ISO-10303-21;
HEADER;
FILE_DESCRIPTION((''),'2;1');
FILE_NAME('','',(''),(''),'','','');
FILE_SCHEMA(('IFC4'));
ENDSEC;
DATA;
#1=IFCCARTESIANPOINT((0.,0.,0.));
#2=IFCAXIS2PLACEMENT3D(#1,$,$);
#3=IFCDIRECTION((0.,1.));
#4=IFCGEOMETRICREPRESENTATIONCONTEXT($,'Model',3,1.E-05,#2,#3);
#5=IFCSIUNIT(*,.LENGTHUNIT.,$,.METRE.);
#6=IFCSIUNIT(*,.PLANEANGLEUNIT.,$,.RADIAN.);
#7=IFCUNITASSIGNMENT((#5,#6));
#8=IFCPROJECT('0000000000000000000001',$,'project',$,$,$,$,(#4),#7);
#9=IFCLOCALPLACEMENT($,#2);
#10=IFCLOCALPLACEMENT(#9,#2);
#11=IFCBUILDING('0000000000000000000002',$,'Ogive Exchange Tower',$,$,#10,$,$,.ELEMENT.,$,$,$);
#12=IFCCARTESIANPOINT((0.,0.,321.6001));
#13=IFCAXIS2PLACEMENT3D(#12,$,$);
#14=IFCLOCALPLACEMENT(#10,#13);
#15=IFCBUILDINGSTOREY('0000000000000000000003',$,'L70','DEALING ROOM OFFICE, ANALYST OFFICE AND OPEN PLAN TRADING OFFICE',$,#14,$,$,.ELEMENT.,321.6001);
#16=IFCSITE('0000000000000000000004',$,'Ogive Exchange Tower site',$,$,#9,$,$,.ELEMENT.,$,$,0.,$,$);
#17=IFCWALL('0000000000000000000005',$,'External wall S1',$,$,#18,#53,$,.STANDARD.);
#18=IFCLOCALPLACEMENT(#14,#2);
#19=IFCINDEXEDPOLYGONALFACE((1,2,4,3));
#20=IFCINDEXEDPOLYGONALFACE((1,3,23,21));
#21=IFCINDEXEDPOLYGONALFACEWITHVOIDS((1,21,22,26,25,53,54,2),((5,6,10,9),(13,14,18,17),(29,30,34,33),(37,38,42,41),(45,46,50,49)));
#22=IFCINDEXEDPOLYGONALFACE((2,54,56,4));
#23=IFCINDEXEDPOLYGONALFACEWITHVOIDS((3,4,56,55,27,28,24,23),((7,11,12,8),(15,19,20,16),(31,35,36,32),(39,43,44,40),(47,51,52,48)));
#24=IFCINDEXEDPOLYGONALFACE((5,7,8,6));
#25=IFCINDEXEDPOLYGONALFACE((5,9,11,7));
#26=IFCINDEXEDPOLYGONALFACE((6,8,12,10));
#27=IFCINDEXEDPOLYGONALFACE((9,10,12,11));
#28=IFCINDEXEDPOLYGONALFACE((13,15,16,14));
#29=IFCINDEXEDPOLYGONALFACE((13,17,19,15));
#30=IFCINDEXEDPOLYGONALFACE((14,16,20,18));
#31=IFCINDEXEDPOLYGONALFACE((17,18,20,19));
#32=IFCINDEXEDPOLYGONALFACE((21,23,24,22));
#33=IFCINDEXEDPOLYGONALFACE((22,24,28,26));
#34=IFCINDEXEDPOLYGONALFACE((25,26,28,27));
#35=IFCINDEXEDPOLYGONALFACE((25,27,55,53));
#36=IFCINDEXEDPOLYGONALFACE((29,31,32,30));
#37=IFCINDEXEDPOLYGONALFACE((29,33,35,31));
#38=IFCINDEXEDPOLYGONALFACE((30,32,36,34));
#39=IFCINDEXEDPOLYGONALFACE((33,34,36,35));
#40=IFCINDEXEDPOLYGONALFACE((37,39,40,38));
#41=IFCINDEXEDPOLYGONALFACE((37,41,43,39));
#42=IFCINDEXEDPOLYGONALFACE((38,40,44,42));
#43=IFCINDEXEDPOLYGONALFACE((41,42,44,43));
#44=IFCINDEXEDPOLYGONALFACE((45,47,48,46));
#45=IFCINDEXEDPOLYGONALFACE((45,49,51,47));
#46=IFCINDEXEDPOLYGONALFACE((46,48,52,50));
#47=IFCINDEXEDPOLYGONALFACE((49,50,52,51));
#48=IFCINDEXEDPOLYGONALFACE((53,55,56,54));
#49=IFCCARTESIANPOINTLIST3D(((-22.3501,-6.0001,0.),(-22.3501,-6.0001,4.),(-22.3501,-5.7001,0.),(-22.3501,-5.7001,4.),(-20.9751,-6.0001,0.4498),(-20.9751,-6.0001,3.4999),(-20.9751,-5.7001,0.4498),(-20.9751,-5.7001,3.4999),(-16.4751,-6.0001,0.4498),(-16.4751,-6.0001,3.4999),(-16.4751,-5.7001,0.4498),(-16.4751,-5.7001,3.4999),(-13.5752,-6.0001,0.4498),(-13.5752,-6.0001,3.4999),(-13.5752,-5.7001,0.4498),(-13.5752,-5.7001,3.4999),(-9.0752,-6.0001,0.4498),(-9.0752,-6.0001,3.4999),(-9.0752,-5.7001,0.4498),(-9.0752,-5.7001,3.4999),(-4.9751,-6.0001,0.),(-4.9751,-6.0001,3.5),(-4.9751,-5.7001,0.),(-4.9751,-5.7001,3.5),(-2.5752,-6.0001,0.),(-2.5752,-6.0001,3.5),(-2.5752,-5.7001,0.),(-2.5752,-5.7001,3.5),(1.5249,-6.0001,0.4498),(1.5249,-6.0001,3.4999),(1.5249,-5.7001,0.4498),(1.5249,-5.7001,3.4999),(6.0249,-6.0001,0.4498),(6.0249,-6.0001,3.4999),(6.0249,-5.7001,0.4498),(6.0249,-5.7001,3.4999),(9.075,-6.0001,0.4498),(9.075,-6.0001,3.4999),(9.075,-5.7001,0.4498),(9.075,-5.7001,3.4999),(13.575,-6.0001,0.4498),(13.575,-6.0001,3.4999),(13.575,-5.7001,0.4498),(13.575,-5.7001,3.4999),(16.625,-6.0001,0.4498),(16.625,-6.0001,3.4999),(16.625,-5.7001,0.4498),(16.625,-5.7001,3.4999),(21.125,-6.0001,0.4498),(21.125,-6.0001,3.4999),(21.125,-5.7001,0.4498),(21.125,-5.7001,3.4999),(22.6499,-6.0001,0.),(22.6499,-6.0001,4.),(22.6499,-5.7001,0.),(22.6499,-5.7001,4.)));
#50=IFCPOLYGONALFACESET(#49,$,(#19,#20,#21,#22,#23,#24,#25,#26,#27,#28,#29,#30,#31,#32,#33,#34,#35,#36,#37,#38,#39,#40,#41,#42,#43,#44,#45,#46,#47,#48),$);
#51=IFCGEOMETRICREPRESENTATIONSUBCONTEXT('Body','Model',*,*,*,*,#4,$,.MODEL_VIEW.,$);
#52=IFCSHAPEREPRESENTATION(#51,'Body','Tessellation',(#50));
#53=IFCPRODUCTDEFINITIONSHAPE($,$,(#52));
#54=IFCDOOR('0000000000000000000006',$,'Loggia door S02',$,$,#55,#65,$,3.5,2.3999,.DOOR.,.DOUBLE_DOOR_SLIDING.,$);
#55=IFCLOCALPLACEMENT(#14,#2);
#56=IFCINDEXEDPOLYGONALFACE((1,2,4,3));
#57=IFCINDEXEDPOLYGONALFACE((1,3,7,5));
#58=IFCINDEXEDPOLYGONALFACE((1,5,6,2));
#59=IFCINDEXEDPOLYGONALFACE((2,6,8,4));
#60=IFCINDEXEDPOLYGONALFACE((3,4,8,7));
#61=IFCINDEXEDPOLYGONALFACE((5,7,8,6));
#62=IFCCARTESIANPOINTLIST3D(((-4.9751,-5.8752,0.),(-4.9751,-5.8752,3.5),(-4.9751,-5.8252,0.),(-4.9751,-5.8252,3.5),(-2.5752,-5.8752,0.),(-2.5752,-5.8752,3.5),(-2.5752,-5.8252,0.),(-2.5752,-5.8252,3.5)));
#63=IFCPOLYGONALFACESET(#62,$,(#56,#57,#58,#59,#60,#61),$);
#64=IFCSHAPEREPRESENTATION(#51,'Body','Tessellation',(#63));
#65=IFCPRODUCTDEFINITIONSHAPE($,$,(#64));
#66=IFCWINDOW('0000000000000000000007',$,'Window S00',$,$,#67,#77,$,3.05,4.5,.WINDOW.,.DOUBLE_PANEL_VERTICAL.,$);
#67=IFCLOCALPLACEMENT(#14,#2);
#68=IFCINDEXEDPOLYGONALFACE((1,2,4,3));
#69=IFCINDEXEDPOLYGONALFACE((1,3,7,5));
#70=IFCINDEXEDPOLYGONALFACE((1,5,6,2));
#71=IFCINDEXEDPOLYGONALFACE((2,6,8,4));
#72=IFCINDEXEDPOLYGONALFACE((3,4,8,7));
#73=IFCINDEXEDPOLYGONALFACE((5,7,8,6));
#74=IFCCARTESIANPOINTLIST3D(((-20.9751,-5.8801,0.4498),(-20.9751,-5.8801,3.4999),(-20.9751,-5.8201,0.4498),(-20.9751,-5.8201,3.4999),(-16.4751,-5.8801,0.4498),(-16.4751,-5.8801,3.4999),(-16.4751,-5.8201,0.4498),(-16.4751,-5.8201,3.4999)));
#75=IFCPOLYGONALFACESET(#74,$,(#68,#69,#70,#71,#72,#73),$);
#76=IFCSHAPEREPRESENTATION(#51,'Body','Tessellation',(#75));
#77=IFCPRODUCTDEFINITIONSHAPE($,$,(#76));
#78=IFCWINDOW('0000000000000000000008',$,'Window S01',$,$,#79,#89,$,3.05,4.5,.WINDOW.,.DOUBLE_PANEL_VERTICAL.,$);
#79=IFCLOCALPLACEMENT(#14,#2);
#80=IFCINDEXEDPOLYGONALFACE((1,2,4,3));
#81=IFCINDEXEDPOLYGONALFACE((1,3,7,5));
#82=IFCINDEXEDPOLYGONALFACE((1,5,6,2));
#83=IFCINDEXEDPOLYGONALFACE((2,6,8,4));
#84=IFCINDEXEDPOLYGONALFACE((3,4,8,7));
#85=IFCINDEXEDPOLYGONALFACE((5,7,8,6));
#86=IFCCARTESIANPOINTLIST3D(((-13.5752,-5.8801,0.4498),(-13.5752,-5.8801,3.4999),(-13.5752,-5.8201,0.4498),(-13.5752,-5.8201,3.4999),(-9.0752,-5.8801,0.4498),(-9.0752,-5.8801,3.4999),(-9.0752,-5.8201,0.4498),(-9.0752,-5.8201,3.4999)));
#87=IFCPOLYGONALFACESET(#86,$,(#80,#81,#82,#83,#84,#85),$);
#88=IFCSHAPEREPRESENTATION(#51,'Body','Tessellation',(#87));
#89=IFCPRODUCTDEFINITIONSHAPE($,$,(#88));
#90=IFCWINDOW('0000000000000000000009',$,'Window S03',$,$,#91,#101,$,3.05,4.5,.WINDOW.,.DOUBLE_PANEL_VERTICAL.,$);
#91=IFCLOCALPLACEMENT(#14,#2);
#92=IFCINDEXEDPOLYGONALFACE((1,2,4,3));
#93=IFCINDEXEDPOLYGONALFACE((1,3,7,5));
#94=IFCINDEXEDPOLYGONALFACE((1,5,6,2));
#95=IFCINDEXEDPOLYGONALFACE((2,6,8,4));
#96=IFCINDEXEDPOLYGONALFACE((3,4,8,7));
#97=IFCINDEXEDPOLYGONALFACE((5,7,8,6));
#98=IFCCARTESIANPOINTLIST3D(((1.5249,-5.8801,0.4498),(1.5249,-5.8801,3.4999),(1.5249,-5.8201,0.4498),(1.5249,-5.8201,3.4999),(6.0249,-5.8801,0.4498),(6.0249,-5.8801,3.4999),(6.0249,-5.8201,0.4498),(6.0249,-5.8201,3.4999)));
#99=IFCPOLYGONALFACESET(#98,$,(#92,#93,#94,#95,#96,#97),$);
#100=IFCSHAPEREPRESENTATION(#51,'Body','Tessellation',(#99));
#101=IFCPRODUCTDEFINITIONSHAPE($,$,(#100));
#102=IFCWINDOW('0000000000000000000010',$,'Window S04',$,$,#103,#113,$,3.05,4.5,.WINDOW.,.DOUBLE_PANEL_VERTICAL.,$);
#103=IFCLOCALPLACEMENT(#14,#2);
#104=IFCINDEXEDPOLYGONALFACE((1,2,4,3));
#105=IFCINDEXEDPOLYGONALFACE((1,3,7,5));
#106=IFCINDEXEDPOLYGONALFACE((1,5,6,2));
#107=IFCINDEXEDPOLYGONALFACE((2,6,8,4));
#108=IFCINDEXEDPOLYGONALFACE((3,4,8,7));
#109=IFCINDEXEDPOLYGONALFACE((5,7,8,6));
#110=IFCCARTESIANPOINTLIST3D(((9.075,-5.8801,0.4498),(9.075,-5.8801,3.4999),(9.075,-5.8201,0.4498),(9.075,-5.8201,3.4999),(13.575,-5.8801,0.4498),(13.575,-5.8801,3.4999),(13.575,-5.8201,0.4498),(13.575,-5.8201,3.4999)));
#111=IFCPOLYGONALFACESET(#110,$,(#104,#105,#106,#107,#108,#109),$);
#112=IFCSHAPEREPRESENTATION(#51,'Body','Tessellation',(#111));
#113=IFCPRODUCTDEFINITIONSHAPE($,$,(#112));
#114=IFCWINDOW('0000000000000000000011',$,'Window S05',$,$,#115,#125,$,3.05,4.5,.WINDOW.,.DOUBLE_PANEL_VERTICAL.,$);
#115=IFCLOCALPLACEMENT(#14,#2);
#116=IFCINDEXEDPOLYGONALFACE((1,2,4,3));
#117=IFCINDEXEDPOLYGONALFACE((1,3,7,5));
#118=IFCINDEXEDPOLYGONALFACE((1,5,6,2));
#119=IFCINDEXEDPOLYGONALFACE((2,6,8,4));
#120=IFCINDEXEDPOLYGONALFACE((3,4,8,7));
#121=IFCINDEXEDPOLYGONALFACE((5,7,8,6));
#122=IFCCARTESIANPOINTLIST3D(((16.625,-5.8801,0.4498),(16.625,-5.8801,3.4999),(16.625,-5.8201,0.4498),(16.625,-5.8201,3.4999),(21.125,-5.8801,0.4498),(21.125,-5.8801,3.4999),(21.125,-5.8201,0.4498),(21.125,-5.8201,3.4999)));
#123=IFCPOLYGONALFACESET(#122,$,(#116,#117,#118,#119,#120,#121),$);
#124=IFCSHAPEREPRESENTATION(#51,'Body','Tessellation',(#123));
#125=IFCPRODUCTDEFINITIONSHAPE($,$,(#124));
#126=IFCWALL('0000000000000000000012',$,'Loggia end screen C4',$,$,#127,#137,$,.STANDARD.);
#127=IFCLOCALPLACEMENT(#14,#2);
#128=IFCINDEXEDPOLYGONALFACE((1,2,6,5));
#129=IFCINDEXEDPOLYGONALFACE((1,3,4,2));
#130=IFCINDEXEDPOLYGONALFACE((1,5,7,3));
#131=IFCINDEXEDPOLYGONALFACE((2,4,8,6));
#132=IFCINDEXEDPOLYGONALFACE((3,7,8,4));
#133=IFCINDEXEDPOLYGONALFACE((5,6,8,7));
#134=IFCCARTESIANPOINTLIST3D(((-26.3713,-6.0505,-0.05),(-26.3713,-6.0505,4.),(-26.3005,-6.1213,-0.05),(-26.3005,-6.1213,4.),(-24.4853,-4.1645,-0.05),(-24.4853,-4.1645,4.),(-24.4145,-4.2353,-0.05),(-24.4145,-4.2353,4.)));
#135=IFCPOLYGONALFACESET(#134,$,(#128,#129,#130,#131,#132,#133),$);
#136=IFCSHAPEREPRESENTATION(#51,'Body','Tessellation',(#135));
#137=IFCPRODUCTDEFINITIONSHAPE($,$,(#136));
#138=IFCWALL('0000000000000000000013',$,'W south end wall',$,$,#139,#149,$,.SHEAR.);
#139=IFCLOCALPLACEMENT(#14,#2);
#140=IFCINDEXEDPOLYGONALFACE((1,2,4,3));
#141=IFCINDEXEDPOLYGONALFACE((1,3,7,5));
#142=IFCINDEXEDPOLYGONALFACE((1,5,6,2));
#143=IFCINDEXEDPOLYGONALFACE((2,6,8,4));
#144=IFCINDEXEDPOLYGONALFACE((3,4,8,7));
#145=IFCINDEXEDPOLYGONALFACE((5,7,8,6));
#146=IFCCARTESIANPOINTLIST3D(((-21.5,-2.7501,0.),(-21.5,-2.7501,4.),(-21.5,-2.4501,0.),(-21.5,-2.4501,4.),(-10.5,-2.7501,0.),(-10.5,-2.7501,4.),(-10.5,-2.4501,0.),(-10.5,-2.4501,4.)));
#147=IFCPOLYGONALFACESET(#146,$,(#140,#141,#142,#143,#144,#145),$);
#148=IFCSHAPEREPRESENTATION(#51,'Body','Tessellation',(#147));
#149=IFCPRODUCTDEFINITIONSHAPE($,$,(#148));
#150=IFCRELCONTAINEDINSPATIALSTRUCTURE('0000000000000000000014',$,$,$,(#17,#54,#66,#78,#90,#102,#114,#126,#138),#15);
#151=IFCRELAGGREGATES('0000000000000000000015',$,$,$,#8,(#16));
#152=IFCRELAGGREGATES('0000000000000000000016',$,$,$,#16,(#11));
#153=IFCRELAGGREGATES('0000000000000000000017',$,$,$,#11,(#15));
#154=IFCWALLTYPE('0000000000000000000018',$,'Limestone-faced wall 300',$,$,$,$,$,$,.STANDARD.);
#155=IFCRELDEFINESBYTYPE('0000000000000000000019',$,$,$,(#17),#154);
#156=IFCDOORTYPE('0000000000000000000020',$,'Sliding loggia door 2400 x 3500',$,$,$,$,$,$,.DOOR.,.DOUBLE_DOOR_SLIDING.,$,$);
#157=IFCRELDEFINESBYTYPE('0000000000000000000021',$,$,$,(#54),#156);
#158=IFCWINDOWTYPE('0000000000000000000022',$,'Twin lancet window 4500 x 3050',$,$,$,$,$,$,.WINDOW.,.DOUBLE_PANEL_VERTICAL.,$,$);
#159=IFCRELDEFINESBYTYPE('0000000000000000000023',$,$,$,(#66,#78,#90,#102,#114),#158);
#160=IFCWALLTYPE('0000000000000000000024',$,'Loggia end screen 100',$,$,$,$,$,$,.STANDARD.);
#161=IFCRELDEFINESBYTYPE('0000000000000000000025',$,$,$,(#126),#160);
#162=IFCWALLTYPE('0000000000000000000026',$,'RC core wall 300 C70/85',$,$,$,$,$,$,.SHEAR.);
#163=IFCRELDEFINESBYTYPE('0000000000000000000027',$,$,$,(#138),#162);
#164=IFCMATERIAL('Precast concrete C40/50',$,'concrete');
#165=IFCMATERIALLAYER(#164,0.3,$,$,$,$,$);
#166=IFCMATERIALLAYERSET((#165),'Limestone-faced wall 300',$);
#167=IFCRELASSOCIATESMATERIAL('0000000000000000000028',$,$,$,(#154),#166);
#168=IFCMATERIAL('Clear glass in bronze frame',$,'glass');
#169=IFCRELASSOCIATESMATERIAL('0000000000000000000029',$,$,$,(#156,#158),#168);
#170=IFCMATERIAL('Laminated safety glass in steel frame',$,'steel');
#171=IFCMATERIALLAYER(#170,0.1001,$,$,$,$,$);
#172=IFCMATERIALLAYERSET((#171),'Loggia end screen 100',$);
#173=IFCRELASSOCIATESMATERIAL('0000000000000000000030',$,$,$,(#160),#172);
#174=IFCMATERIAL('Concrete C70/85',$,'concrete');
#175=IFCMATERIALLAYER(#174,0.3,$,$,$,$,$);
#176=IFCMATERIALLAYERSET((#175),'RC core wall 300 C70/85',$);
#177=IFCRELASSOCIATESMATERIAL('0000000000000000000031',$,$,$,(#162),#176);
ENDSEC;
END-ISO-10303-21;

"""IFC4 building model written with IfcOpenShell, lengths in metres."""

from ifc_helpers import new_model, si_unit, direction, frame, frame_2d, origin, place, context, subcontext, project, spatial, rectangle, extrude, material, layer, layer_set, type_object, element, fill, save


model = new_model("IFC4")

# Units and contexts
model_context = context("Model", 3, precision=1e-05, world=origin(), true_north=direction((0.0, 1.0)))
body_context = subcontext(model_context, "Body", "Model", "MODEL_VIEW")
ifc_project = project(units=[si_unit("LENGTHUNIT", "METRE"), si_unit("PLANEANGLEUNIT", "RADIAN")], contexts=[model_context])

# Site, building, storey
site_placement = place(None, origin())
site = spatial("IfcSite", under=ifc_project, at=site_placement, Name="Ogive Exchange Tower site", CompositionType="ELEMENT", RefElevation=0.0)
building_placement = place(site_placement, origin())
building = spatial("IfcBuilding", under=site, at=building_placement, Name="Ogive Exchange Tower", CompositionType="ELEMENT")
storey_placement = place(building_placement, frame((0.0, 0.0, 321.6001)))
storey = spatial("IfcBuildingStorey", under=building, at=storey_placement, Name="L70", Description="DEALING ROOM OFFICE, ANALYST OFFICE AND OPEN PLAN TRADING OFFICE", CompositionType="ELEMENT", Elevation=321.6001)

# Wall, openings, door, windows
ifc_material_1 = material(Name="Precast concrete C40/50", Category="concrete")
ifc_layer_1 = layer(ifc_material_1, 0.3)
ifc_layer_set_1 = layer_set([ifc_layer_1], Name="Limestone-faced wall 300")
wall_type_1 = type_object("IfcWallType", Name="Limestone-faced wall 300", PredefinedType="STANDARD", material=ifc_layer_set_1)
wall_1_placement = place(storey_placement, frame((-22.3501, -5.8501, 0.0), z_axis=(0.0, 0.0, 1.0), x_axis=(1.0, 0.0, 0.0)))
wall_1 = element("IfcWall", 1, at=wall_1_placement, inside=storey, type_object=wall_type_1, Name="External wall S1", PredefinedType="STANDARD", context=body_context, shape_type="SweptSolid", body=[
    extrude(rectangle(XDim=45.0, YDim=0.3, at=frame_2d((22.5, 0.0))), origin(), (0.0, 0.0, 1.0), 4.0),
])
opening_1_placement = place(wall_1_placement, frame((1.375, 0.0, 0.45)))
opening_1 = element("IfcOpeningElement", 2, at=opening_1_placement, cuts=wall_1, PredefinedType="OPENING", context=body_context, shape_type="SweptSolid", body=[
    extrude(rectangle(XDim=4.5, YDim=3.05, at=frame_2d((2.25, 1.5249))), frame((0.0, 0.1599, 0.0), z_axis=(0.0, -1.0, 0.0), x_axis=(1.0, 0.0, 0.0)), (0.0, 0.0, 1.0), 0.3201),
])
opening_2_placement = place(wall_1_placement, frame((8.7749, 0.0, 0.45)))
opening_2 = element("IfcOpeningElement", 3, at=opening_2_placement, cuts=wall_1, PredefinedType="OPENING", context=body_context, shape_type="SweptSolid", body=[
    extrude(rectangle(XDim=4.5, YDim=3.05, at=frame_2d((2.25, 1.5249))), frame((0.0, 0.1599, 0.0), z_axis=(0.0, -1.0, 0.0), x_axis=(1.0, 0.0, 0.0)), (0.0, 0.0, 1.0), 0.3201),
])
opening_3_placement = place(wall_1_placement, frame((17.375, 0.0, 0.0)))
opening_3 = element("IfcOpeningElement", 4, at=opening_3_placement, cuts=wall_1, PredefinedType="OPENING", context=body_context, shape_type="SweptSolid", body=[
    extrude(rectangle(XDim=2.3999, YDim=3.5, at=frame_2d((1.2, 1.75))), frame((0.0, 0.1599, 0.0), z_axis=(0.0, -1.0, 0.0), x_axis=(1.0, 0.0, 0.0)), (0.0, 0.0, 1.0), 0.3201),
])
opening_4_placement = place(wall_1_placement, frame((23.875, 0.0, 0.45)))
opening_4 = element("IfcOpeningElement", 5, at=opening_4_placement, cuts=wall_1, PredefinedType="OPENING", context=body_context, shape_type="SweptSolid", body=[
    extrude(rectangle(XDim=4.5, YDim=3.05, at=frame_2d((2.25, 1.5249))), frame((0.0, 0.1599, 0.0), z_axis=(0.0, -1.0, 0.0), x_axis=(1.0, 0.0, 0.0)), (0.0, 0.0, 1.0), 0.3201),
])
opening_5_placement = place(wall_1_placement, frame((31.425, 0.0, 0.45)))
opening_5 = element("IfcOpeningElement", 6, at=opening_5_placement, cuts=wall_1, PredefinedType="OPENING", context=body_context, shape_type="SweptSolid", body=[
    extrude(rectangle(XDim=4.5, YDim=3.05, at=frame_2d((2.25, 1.5249))), frame((0.0, 0.1599, 0.0), z_axis=(0.0, -1.0, 0.0), x_axis=(1.0, 0.0, 0.0)), (0.0, 0.0, 1.0), 0.3201),
])
opening_6_placement = place(wall_1_placement, frame((38.9751, 0.0, 0.45)))
opening_6 = element("IfcOpeningElement", 7, at=opening_6_placement, cuts=wall_1, PredefinedType="OPENING", context=body_context, shape_type="SweptSolid", body=[
    extrude(rectangle(XDim=4.5, YDim=3.05, at=frame_2d((2.25, 1.5249))), frame((0.0, 0.1599, 0.0), z_axis=(0.0, -1.0, 0.0), x_axis=(1.0, 0.0, 0.0)), (0.0, 0.0, 1.0), 0.3201),
])
ifc_material_2 = material(Name="Clear glass in bronze frame", Category="glass")
door_type_1 = type_object("IfcDoorType", Name="Sliding loggia door 2400 x 3500", OperationType="DOUBLE_DOOR_SLIDING", PredefinedType="DOOR", material=ifc_material_2)
door_1_placement = place(opening_3_placement, origin())
door_1 = element("IfcDoor", 8, at=door_1_placement, inside=storey, type_object=door_type_1, Name="Loggia door S02", OperationType="DOUBLE_DOOR_SLIDING", OverallHeight=3.5, OverallWidth=2.3999, PredefinedType="DOOR", context=body_context, shape_type="SweptSolid", body=[
    extrude(rectangle(XDim=2.3999, YDim=3.5, at=frame_2d((1.2, 1.75))), frame((0.0, 0.0249, 0.0), z_axis=(0.0, -1.0, 0.0), x_axis=(1.0, 0.0, 0.0)), (0.0, 0.0, 1.0), 0.05),
])
fill(opening_3, door_1)
window_type = type_object("IfcWindowType", Name="Twin lancet window 4500 x 3050", PartitioningType="DOUBLE_PANEL_VERTICAL", PredefinedType="WINDOW", material=ifc_material_2)
window_1_placement = place(opening_1_placement, origin())
window_1 = element("IfcWindow", 9, at=window_1_placement, inside=storey, type_object=window_type, Name="Window S00", OverallHeight=3.05, OverallWidth=4.5, PartitioningType="DOUBLE_PANEL_VERTICAL", PredefinedType="WINDOW", context=body_context, shape_type="SweptSolid", body=[
    extrude(rectangle(XDim=4.5, YDim=3.05, at=frame_2d((2.25, 1.5249))), frame((0.0, 0.03, 0.0), z_axis=(0.0, -1.0, 0.0), x_axis=(1.0, 0.0, 0.0)), (0.0, 0.0, 1.0), 0.0601),
])
fill(opening_1, window_1)
window_2_placement = place(opening_2_placement, origin())
window_2 = element("IfcWindow", 10, at=window_2_placement, inside=storey, type_object=window_type, Name="Window S01", OverallHeight=3.05, OverallWidth=4.5, PartitioningType="DOUBLE_PANEL_VERTICAL", PredefinedType="WINDOW", context=body_context, shape_type="SweptSolid", body=[
    extrude(rectangle(XDim=4.5, YDim=3.05, at=frame_2d((2.25, 1.5249))), frame((0.0, 0.03, 0.0), z_axis=(0.0, -1.0, 0.0), x_axis=(1.0, 0.0, 0.0)), (0.0, 0.0, 1.0), 0.0601),
])
fill(opening_2, window_2)
window_3_placement = place(opening_4_placement, origin())
window_3 = element("IfcWindow", 11, at=window_3_placement, inside=storey, type_object=window_type, Name="Window S03", OverallHeight=3.05, OverallWidth=4.5, PartitioningType="DOUBLE_PANEL_VERTICAL", PredefinedType="WINDOW", context=body_context, shape_type="SweptSolid", body=[
    extrude(rectangle(XDim=4.5, YDim=3.05, at=frame_2d((2.25, 1.5249))), frame((0.0, 0.03, 0.0), z_axis=(0.0, -1.0, 0.0), x_axis=(1.0, 0.0, 0.0)), (0.0, 0.0, 1.0), 0.0601),
])
fill(opening_4, window_3)
window_4_placement = place(opening_5_placement, origin())
window_4 = element("IfcWindow", 12, at=window_4_placement, inside=storey, type_object=window_type, Name="Window S04", OverallHeight=3.05, OverallWidth=4.5, PartitioningType="DOUBLE_PANEL_VERTICAL", PredefinedType="WINDOW", context=body_context, shape_type="SweptSolid", body=[
    extrude(rectangle(XDim=4.5, YDim=3.05, at=frame_2d((2.25, 1.5249))), frame((0.0, 0.03, 0.0), z_axis=(0.0, -1.0, 0.0), x_axis=(1.0, 0.0, 0.0)), (0.0, 0.0, 1.0), 0.0601),
])
fill(opening_5, window_4)
window_5_placement = place(opening_6_placement, origin())
window_5 = element("IfcWindow", 13, at=window_5_placement, inside=storey, type_object=window_type, Name="Window S05", OverallHeight=3.05, OverallWidth=4.5, PartitioningType="DOUBLE_PANEL_VERTICAL", PredefinedType="WINDOW", context=body_context, shape_type="SweptSolid", body=[
    extrude(rectangle(XDim=4.5, YDim=3.05, at=frame_2d((2.25, 1.5249))), frame((0.0, 0.03, 0.0), z_axis=(0.0, -1.0, 0.0), x_axis=(1.0, 0.0, 0.0)), (0.0, 0.0, 1.0), 0.0601),
])
fill(opening_6, window_5)

# Walls
ifc_material_3 = material(Name="Laminated safety glass in steel frame", Category="steel")
ifc_layer_2 = layer(ifc_material_3, 0.1001)
ifc_layer_set_2 = layer_set([ifc_layer_2], Name="Loggia end screen 100")
wall_type_2 = type_object("IfcWallType", Name="Loggia end screen 100", PredefinedType="STANDARD", material=ifc_layer_set_2)
wall_2_placement = place(storey_placement, frame((-24.45, -4.2, -0.05), z_axis=(0.0, 0.0, 1.0), x_axis=(-0.707107, -0.707107, 0.0)))
element("IfcWall", 14, at=wall_2_placement, inside=storey, type_object=wall_type_2, Name="Loggia end screen C4", PredefinedType="STANDARD", context=body_context, shape_type="SweptSolid", body=[
    extrude(rectangle(XDim=2.6672, YDim=0.1001, at=frame_2d((1.3335, 0.0))), origin(), (0.0, 0.0, 1.0), 4.05),
])
ifc_material_4 = material(Name="Concrete C70/85", Category="concrete")
ifc_layer_3 = layer(ifc_material_4, 0.3)
ifc_layer_set_3 = layer_set([ifc_layer_3], Name="RC core wall 300 C70/85")
wall_type_3 = type_object("IfcWallType", Name="RC core wall 300 C70/85", PredefinedType="SHEAR", material=ifc_layer_set_3)
wall_3_placement = place(storey_placement, frame((-21.5, -2.6001, 0.0), z_axis=(0.0, 0.0, 1.0), x_axis=(1.0, 0.0, 0.0)))
element("IfcWall", 15, at=wall_3_placement, inside=storey, type_object=wall_type_3, Name="W south end wall", PredefinedType="SHEAR", context=body_context, shape_type="SweptSolid", body=[
    extrude(rectangle(XDim=11.0, YDim=0.3, at=frame_2d((5.5, 0.0))), origin(), (0.0, 0.0, 1.0), 4.0),
])

save(model, "model.ifc")
